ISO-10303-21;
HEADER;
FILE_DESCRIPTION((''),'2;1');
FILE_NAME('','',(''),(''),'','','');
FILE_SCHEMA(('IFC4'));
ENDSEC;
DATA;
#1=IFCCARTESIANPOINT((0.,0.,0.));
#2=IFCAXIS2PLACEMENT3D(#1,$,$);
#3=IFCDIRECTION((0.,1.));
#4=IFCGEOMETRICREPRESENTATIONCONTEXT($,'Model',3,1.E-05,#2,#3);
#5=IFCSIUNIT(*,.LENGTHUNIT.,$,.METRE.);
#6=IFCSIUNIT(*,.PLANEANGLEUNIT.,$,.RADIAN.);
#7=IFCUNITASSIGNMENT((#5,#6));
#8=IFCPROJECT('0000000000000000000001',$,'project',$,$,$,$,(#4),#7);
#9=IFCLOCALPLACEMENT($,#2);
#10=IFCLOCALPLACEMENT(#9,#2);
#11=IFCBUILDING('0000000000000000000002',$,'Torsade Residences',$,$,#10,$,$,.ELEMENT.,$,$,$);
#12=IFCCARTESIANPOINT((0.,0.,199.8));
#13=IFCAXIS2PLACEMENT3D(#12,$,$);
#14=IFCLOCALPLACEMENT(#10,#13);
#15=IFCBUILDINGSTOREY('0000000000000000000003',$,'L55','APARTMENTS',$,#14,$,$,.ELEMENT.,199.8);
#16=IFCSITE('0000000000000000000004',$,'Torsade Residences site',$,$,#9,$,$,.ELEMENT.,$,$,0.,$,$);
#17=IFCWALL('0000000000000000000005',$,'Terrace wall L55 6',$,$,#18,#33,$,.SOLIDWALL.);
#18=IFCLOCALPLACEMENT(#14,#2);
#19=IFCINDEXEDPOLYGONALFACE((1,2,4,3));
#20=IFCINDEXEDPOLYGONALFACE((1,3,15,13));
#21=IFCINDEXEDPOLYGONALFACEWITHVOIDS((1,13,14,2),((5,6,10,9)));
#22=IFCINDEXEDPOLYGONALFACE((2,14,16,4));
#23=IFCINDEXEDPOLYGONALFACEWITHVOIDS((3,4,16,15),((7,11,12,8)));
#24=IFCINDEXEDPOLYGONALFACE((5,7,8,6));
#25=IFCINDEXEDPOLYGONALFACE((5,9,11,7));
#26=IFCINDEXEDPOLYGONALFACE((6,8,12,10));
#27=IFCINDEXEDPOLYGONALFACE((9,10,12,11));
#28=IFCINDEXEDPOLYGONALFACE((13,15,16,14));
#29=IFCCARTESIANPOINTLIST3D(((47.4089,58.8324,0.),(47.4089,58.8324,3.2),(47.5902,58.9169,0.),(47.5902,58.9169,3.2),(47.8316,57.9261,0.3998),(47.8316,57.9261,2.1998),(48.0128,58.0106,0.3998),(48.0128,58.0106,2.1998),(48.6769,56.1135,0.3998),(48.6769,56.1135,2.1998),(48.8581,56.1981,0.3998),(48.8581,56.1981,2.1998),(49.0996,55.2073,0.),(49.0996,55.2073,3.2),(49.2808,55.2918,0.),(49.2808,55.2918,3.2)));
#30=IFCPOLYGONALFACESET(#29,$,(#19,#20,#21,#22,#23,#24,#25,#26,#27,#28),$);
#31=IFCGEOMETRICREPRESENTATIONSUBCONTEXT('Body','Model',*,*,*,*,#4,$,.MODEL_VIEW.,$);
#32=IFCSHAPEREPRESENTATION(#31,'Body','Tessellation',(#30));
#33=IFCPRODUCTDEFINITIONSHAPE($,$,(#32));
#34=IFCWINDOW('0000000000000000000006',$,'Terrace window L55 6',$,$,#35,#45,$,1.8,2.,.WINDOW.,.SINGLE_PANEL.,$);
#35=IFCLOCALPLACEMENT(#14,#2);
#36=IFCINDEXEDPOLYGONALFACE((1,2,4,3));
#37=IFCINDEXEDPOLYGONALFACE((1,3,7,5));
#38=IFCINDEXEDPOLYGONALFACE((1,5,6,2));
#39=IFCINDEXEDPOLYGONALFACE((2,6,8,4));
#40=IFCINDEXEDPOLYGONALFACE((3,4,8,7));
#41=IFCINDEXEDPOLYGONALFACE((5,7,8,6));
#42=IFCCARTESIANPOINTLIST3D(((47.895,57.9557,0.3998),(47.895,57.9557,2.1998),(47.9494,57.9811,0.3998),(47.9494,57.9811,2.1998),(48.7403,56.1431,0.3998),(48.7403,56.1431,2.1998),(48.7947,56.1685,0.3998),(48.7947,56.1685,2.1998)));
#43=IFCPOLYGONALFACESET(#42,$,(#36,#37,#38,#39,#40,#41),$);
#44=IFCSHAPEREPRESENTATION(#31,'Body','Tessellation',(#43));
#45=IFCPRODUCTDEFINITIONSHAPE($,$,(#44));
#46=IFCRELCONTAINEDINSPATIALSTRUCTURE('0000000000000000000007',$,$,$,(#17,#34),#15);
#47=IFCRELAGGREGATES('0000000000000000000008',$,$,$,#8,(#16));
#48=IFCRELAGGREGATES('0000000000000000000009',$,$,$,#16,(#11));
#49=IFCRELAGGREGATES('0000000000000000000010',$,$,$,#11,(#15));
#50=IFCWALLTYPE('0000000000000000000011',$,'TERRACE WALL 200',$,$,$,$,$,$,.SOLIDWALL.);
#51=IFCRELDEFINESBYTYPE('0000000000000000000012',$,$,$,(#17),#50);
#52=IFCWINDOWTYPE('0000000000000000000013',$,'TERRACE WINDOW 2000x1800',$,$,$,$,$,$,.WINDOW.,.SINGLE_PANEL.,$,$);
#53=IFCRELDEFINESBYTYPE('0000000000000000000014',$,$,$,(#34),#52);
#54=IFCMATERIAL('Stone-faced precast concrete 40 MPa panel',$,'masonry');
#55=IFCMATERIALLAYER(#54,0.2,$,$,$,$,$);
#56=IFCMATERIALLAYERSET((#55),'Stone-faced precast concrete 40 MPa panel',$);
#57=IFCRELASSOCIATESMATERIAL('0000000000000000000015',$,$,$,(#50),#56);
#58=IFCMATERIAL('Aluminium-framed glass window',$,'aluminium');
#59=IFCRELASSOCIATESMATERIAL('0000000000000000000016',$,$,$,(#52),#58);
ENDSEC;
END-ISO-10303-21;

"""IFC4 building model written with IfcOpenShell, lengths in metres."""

from ifc_helpers import new_model, si_unit, direction, frame, frame_2d, origin, place, context, subcontext, project, spatial, rectangle, extrude, material, layer, layer_set, type_object, element, fill, save


model = new_model("IFC4")

# Units and contexts
model_context = context("Model", 3, precision=1e-05, world=origin(), true_north=direction((0.0, 1.0)))
body_context = subcontext(model_context, "Body", "Model", "MODEL_VIEW")
ifc_project = project(units=[si_unit("LENGTHUNIT", "METRE"), si_unit("PLANEANGLEUNIT", "RADIAN")], contexts=[model_context])

# Site, building, storey
site_placement = place(None, origin())
site = spatial("IfcSite", under=ifc_project, at=site_placement, Name="Torsade Residences site", CompositionType="ELEMENT", RefElevation=0.0)
building_placement = place(site_placement, origin())
building = spatial("IfcBuilding", under=site, at=building_placement, Name="Torsade Residences", CompositionType="ELEMENT")
storey_placement = place(building_placement, frame((0.0, 0.0, 199.8)))
storey = spatial("IfcBuildingStorey", under=building, at=storey_placement, Name="L55", Description="APARTMENTS", CompositionType="ELEMENT", Elevation=199.8)

# Wall, opening, window
ifc_material_1 = material(Name="Stone-faced precast concrete 40 MPa panel", Category="masonry")
ifc_layer_1 = layer(ifc_material_1, 0.2)
ifc_layer_set_1 = layer_set([ifc_layer_1], Name="Stone-faced precast concrete 40 MPa panel")
wall_type_1 = type_object("IfcWallType", Name="TERRACE WALL 200", PredefinedType="SOLIDWALL", material=ifc_layer_set_1)
wall_1_placement = place(storey_placement, frame((49.1902, 55.2495, 0.0), z_axis=(0.0, 0.0, 1.0), x_axis=(-0.422658, 0.906289, 0.0)))
wall_1 = element("IfcWall", 1, at=wall_1_placement, inside=storey, type_object=wall_type_1, Name="Terrace wall L55 6", PredefinedType="SOLIDWALL", context=body_context, shape_type="SweptSolid", body=[
    extrude(rectangle(XDim=4.0, YDim=0.2, at=frame_2d((2.0, 0.0))), origin(), (0.0, 0.0, 1.0), 3.2),
])
opening_1_placement = place(wall_1_placement, frame((1.0, 0.0, 0.3999)))
opening_1 = element("IfcOpeningElement", 2, at=opening_1_placement, cuts=wall_1, PredefinedType="OPENING", context=body_context, shape_type="SweptSolid", body=[
    extrude(rectangle(XDim=2.0, YDim=1.8, at=frame_2d((1.0, 0.8999))), frame((0.0, 0.1099, 0.0), z_axis=(0.0, -1.0, 0.0), x_axis=(1.0, 0.0, 0.0)), (0.0, 0.0, 1.0), 0.22),
])
ifc_material_2 = material(Name="Aluminium-framed glass window", Category="aluminium")
window_type = type_object("IfcWindowType", Name="TERRACE WINDOW 2000x1800", PartitioningType="SINGLE_PANEL", PredefinedType="WINDOW", material=ifc_material_2)
window_placement = place(opening_1_placement, origin())
window = element("IfcWindow", 3, at=window_placement, inside=storey, type_object=window_type, Name="Terrace window L55 6", OverallHeight=1.8, OverallWidth=2.0, PartitioningType="SINGLE_PANEL", PredefinedType="WINDOW", context=body_context, shape_type="SweptSolid", body=[
    extrude(rectangle(XDim=2.0, YDim=1.8, at=frame_2d((1.0, 0.8999))), frame((0.0, 0.03, 0.0), z_axis=(0.0, -1.0, 0.0), x_axis=(1.0, 0.0, 0.0)), (0.0, 0.0, 1.0), 0.0601),
])
fill(opening_1, window)

save(model, "model.ifc")
